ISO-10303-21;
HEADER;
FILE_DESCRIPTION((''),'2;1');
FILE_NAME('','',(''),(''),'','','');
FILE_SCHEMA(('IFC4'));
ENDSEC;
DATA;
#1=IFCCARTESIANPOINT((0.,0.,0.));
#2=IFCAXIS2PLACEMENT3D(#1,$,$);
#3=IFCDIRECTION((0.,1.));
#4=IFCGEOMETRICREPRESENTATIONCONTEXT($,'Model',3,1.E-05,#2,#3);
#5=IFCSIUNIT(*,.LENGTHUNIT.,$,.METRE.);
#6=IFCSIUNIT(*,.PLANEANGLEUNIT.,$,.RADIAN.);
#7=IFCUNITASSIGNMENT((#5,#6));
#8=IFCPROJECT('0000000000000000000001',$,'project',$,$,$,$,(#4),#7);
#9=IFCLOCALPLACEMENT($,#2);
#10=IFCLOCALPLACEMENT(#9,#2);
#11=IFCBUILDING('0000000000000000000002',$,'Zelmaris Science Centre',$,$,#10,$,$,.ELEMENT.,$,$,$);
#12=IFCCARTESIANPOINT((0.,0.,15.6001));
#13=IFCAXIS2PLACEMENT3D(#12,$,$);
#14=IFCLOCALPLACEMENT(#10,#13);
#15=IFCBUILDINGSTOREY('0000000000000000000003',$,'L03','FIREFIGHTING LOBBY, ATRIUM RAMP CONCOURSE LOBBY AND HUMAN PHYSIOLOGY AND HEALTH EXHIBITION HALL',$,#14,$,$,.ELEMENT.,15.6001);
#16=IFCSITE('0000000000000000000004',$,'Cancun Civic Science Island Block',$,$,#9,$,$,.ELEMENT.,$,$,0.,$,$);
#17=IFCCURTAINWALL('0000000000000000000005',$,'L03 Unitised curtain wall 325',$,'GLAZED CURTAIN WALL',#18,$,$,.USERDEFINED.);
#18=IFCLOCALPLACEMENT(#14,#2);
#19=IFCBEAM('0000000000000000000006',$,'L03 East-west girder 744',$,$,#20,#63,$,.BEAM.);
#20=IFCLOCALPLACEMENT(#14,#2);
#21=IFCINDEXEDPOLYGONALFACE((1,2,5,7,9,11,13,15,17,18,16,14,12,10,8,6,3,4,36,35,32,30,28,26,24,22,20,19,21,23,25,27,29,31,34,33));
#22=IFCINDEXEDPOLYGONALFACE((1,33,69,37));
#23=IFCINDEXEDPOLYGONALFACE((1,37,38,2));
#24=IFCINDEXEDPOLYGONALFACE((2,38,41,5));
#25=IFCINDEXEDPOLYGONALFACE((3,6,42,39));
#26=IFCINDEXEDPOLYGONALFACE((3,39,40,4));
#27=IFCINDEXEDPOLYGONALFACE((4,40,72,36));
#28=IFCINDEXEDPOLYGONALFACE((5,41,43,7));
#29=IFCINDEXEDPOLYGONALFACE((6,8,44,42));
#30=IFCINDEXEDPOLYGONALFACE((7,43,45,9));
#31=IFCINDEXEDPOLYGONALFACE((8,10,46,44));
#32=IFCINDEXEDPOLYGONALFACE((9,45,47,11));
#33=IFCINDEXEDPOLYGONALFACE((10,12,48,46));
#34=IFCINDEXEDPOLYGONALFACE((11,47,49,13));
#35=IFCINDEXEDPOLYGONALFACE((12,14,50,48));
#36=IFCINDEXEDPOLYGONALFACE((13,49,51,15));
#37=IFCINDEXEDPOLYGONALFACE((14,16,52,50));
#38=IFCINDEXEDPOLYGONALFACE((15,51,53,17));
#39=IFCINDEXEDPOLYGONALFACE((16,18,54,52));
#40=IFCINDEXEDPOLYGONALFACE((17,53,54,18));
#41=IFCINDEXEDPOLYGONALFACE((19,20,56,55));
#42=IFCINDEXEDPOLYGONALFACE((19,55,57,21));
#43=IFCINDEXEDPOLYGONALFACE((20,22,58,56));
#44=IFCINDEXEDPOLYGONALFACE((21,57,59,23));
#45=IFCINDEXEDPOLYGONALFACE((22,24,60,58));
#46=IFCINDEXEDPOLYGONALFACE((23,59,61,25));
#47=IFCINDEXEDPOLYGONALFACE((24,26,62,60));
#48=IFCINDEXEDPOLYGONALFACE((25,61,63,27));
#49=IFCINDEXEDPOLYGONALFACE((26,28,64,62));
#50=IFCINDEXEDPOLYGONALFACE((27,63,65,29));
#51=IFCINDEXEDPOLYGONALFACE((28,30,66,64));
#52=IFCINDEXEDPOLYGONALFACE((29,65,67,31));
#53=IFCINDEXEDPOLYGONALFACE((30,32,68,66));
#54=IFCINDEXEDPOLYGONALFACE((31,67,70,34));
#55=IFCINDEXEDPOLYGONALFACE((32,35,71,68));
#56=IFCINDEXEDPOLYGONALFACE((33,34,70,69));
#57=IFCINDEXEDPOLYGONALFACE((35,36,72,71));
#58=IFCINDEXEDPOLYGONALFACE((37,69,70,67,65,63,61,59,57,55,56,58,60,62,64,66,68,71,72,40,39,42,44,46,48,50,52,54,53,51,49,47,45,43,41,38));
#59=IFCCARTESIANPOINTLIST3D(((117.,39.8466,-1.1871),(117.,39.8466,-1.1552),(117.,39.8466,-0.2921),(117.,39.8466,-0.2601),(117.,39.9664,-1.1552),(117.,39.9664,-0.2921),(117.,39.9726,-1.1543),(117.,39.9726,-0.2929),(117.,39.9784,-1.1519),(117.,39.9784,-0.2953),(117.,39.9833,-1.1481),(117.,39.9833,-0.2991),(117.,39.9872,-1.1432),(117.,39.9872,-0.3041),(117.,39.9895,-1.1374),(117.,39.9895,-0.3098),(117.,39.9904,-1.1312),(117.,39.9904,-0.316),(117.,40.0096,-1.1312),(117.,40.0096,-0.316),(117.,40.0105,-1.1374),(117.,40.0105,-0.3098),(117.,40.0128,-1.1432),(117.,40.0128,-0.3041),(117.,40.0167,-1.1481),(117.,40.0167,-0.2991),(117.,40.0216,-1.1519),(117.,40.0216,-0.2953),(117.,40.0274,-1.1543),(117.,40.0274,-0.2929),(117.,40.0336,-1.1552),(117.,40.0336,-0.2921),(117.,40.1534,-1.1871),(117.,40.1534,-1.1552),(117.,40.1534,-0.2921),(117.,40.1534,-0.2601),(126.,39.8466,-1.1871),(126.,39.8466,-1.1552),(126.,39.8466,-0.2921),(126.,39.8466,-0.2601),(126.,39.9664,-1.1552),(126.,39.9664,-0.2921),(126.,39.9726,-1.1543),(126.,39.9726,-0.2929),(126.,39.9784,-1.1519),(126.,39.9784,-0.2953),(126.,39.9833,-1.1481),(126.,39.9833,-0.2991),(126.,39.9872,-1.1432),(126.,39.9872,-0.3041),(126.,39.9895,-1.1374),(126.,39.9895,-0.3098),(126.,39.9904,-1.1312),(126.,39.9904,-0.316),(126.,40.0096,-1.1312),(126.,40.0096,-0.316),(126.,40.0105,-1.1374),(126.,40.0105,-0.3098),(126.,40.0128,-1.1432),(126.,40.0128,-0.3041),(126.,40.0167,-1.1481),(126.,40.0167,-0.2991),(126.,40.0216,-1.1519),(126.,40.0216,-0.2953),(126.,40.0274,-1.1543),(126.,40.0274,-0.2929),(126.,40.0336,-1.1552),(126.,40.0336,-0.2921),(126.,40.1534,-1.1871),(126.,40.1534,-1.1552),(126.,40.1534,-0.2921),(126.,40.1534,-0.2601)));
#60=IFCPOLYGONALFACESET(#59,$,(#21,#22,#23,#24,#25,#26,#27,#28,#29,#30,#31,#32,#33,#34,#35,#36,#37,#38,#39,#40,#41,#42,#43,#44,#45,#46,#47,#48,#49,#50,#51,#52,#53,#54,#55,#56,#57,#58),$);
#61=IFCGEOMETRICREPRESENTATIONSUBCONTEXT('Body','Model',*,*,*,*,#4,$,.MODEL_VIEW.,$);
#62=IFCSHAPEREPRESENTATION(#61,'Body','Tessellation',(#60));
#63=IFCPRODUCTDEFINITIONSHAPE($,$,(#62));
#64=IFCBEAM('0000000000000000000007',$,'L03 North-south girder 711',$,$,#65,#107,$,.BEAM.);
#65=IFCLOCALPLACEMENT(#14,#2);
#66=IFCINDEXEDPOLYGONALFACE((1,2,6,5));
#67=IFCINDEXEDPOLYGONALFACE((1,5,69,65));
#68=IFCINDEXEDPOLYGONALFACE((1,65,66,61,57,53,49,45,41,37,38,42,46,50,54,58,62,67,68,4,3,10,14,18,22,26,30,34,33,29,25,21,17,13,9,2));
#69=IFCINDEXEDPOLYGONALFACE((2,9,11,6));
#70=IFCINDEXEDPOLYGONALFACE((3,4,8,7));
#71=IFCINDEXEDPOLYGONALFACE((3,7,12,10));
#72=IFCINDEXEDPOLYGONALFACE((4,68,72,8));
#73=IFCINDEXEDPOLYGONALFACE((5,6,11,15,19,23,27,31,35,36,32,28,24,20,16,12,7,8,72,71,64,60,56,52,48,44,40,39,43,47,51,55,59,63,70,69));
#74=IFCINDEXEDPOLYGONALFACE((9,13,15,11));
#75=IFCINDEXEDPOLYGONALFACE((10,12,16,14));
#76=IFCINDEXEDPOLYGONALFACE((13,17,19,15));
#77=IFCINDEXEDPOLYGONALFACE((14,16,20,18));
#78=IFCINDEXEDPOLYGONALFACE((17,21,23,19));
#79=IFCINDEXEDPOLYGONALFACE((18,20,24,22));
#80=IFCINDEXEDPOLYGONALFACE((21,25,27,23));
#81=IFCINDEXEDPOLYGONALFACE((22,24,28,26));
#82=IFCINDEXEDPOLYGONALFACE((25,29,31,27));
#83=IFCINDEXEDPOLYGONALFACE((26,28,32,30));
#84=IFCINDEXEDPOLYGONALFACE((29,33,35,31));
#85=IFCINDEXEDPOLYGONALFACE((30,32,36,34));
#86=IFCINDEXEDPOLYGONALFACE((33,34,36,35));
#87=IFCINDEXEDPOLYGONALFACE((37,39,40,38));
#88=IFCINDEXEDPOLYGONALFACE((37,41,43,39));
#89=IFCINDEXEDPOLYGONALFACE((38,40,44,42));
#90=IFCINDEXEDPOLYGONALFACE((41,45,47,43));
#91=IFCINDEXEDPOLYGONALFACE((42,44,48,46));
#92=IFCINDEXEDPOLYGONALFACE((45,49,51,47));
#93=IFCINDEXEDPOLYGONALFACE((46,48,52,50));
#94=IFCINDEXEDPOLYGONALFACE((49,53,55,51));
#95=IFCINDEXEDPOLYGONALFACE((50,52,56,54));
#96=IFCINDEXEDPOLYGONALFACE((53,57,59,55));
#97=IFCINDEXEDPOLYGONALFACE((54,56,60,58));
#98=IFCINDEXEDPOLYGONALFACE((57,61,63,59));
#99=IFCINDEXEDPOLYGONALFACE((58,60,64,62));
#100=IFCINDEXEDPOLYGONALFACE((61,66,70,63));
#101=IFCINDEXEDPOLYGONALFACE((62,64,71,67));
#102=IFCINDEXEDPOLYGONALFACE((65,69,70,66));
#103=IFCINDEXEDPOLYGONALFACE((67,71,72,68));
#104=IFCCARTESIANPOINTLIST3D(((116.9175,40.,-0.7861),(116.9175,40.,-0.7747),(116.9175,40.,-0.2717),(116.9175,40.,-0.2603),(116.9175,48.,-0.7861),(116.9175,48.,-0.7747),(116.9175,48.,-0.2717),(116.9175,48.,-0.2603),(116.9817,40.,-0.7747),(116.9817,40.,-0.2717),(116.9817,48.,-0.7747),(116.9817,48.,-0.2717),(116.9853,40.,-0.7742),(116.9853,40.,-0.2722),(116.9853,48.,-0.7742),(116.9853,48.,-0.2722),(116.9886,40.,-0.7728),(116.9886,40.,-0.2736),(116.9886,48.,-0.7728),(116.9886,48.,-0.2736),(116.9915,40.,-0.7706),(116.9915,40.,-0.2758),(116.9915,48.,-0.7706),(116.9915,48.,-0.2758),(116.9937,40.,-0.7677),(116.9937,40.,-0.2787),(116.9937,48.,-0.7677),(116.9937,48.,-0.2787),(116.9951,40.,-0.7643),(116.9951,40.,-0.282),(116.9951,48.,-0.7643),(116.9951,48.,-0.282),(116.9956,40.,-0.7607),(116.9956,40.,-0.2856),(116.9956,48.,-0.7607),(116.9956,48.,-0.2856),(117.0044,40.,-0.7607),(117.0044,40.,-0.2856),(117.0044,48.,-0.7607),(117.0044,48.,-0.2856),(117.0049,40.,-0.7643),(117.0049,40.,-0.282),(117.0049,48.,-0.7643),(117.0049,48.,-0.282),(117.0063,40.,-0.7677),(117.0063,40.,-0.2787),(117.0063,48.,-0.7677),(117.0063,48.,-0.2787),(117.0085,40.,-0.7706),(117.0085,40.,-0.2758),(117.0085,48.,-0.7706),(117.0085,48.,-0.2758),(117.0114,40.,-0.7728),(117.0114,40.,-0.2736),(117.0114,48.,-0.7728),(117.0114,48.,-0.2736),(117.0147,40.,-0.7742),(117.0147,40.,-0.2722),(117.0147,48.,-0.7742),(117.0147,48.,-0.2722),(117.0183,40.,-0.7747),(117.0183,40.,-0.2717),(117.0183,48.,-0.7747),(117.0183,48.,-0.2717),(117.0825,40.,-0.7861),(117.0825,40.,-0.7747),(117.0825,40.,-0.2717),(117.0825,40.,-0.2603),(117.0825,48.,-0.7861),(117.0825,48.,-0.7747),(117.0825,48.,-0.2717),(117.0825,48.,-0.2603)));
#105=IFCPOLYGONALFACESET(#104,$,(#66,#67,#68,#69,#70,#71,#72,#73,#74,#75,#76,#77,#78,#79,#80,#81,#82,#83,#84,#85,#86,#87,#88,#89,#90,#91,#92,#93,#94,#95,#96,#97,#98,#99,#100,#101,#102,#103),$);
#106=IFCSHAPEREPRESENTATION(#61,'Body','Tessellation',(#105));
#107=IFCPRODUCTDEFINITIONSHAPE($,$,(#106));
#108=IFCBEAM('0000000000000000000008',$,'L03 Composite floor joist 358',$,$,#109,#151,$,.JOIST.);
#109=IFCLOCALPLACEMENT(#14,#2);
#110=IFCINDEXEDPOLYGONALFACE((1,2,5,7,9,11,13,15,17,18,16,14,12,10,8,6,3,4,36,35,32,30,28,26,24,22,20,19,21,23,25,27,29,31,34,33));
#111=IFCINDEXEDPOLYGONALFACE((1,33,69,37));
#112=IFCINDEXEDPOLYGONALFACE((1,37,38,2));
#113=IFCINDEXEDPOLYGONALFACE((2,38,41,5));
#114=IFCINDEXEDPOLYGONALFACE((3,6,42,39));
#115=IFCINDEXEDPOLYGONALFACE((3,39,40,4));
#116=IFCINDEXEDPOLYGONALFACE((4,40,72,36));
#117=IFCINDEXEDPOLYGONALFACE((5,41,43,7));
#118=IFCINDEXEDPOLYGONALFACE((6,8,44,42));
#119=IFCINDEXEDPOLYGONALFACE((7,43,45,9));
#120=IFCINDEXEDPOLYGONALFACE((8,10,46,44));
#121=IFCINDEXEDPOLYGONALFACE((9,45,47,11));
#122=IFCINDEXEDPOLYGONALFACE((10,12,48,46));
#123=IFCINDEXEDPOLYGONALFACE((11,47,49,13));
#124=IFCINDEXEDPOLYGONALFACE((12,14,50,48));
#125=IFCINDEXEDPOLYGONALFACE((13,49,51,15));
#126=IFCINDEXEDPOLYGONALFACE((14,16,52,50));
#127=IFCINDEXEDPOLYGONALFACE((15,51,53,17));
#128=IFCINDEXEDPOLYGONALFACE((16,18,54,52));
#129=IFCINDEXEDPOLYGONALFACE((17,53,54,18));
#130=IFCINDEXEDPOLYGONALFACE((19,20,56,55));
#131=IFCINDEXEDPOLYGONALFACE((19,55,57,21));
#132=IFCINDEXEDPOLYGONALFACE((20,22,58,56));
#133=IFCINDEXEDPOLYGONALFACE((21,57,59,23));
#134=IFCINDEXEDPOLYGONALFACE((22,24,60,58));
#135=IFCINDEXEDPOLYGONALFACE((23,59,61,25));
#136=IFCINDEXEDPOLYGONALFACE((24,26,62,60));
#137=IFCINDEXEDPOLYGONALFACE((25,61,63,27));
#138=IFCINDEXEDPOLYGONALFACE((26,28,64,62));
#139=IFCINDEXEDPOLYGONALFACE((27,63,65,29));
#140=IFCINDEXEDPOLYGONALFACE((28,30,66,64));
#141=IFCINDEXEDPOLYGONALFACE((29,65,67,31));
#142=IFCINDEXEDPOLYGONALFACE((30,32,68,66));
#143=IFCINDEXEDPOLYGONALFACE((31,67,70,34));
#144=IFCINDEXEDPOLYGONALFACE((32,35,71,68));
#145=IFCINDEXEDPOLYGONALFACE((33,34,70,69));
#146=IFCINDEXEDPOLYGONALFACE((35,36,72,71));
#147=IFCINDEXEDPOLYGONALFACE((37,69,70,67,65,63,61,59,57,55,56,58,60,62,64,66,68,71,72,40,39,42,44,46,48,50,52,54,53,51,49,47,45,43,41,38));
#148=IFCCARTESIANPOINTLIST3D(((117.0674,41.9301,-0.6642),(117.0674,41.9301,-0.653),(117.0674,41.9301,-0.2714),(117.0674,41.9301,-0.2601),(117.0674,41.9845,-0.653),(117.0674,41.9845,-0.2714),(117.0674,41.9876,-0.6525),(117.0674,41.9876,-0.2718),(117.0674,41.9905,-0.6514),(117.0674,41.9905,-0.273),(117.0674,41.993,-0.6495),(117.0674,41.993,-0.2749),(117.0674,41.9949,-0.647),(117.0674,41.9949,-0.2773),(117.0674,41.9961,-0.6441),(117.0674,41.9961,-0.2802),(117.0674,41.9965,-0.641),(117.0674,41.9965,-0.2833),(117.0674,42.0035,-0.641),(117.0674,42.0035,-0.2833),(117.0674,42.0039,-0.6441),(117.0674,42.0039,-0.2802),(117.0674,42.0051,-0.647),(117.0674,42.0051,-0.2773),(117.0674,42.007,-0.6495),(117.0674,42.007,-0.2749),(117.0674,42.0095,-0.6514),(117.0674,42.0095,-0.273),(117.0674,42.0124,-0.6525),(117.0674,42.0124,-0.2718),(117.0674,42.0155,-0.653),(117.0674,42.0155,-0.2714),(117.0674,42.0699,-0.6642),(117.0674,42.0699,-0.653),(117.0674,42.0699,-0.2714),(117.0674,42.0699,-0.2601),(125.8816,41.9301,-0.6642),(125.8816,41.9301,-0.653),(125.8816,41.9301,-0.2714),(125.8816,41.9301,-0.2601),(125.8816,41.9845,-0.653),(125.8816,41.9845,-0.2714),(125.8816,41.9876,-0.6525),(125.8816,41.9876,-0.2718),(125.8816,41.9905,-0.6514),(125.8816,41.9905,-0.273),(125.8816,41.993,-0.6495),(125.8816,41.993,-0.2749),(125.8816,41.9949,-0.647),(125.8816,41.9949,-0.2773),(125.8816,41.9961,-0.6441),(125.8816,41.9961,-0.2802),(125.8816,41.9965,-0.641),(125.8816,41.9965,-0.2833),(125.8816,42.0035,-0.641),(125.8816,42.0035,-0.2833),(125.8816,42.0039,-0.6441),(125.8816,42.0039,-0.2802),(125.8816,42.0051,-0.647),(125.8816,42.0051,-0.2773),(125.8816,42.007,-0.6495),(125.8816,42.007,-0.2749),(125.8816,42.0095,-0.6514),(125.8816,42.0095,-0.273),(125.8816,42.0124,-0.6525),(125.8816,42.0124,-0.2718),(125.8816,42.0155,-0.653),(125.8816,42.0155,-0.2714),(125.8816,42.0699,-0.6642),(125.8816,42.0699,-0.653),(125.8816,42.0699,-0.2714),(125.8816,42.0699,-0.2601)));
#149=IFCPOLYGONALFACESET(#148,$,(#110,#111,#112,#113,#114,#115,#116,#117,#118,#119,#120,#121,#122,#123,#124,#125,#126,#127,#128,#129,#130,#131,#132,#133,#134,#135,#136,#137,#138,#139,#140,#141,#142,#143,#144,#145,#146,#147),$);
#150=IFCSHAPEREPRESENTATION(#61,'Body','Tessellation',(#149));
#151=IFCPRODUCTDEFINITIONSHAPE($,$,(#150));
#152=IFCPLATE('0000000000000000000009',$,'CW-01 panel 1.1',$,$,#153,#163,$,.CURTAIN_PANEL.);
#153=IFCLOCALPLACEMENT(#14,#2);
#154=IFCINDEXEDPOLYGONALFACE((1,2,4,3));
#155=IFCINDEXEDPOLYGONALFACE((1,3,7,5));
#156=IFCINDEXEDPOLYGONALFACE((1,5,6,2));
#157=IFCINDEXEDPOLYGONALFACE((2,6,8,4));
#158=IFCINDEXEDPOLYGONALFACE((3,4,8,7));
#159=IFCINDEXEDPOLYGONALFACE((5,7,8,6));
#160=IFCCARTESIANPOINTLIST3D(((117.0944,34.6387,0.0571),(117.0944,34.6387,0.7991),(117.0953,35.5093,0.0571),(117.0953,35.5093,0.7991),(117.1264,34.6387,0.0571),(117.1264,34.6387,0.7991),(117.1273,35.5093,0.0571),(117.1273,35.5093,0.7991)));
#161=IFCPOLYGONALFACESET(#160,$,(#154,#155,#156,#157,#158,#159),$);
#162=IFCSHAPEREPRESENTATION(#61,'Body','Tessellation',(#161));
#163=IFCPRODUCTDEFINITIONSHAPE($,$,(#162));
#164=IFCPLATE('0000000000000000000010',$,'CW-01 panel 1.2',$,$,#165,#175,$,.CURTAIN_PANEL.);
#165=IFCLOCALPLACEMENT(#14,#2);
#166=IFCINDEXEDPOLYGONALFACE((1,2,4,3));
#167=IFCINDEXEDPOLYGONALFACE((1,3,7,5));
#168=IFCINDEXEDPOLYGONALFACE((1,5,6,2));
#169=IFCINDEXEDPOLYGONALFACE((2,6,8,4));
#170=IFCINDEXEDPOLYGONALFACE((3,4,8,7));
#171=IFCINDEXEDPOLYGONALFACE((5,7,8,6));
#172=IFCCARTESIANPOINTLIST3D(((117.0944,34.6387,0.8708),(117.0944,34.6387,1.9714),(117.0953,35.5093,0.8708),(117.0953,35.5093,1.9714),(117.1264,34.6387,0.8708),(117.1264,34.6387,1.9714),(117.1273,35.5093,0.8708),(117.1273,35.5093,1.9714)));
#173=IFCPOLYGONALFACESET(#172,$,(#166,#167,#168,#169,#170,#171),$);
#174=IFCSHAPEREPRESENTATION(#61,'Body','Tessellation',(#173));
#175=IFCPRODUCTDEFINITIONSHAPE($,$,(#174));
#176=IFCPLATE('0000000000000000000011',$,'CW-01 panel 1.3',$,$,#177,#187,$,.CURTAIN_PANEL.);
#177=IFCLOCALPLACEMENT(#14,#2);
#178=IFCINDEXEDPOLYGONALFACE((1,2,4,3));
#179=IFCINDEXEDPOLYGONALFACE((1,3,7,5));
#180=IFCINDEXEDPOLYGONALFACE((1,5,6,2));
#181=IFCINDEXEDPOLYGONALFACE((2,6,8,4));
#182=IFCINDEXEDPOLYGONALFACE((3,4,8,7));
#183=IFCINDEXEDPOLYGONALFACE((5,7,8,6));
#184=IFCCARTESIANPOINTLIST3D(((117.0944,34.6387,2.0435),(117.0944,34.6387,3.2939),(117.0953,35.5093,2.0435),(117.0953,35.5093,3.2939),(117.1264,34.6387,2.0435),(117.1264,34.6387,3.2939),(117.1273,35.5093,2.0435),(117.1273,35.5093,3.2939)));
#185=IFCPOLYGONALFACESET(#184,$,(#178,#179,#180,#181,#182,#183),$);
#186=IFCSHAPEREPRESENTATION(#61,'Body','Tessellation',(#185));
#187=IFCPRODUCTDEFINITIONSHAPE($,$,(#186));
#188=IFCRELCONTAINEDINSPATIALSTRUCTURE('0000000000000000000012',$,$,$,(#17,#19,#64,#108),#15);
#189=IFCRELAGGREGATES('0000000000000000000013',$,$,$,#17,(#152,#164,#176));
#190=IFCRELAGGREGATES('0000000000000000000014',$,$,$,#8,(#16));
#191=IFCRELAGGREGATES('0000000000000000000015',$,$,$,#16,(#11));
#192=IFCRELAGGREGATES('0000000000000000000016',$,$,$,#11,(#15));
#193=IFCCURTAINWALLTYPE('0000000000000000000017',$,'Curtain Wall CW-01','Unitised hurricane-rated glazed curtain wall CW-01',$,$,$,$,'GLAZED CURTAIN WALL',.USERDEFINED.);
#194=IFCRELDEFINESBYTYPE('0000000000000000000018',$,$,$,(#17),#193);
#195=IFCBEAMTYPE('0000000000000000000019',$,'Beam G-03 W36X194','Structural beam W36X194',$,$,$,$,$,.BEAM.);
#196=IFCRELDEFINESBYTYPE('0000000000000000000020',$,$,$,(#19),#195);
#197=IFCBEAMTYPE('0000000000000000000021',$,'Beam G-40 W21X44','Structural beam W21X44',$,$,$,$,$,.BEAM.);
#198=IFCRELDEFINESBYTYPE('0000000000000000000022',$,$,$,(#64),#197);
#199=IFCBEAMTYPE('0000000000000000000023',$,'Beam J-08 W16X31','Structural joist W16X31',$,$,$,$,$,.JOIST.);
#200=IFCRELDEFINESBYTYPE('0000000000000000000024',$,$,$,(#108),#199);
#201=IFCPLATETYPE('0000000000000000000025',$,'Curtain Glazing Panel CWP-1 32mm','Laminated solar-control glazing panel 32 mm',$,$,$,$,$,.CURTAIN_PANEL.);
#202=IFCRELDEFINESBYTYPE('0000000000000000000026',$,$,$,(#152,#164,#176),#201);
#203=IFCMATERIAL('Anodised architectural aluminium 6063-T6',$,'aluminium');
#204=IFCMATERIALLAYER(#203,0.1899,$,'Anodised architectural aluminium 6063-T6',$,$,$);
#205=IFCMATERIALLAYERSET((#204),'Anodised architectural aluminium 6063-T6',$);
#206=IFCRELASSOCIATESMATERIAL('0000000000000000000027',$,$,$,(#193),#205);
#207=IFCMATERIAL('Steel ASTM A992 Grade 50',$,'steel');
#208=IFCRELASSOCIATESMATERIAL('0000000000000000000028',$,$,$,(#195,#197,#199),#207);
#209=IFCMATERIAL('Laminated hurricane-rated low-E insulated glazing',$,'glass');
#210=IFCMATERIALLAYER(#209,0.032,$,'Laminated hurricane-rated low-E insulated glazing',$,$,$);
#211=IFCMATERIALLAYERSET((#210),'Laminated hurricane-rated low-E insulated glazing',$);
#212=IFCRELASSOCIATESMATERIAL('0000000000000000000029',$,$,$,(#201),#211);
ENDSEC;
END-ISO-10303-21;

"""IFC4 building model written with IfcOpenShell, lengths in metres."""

from ifc_helpers import new_model, si_unit, direction, frame, origin, origin_2d, place, context, subcontext, project, spatial, rectangle, i_section, extrude, material, layer, layer_set, material_profile, profile_set, type_object, element, aggregate, save


model = new_model("IFC4")

# Units and contexts
model_context = context("Model", 3, precision=1e-05, world=origin(), true_north=direction((0.0, 1.0)))
body_context = subcontext(model_context, "Body", "Model", "MODEL_VIEW")
ifc_project = project(units=[si_unit("LENGTHUNIT", "METRE"), si_unit("PLANEANGLEUNIT", "RADIAN")], contexts=[model_context])

# Site, building, storey
site_placement = place(None, origin())
site = spatial("IfcSite", under=ifc_project, at=site_placement, Name="Cancun Civic Science Island Block", CompositionType="ELEMENT", RefElevation=0.0)
building_placement = place(site_placement, origin())
building = spatial("IfcBuilding", under=site, at=building_placement, Name="Zelmaris Science Centre", CompositionType="ELEMENT")
storey_placement = place(building_placement, frame((0.0, 0.0, 15.6001)))
storey = spatial("IfcBuildingStorey", under=building, at=storey_placement, Name="L03", Description="FIREFIGHTING LOBBY, ATRIUM RAMP CONCOURSE LOBBY AND HUMAN PHYSIOLOGY AND HEALTH EXHIBITION HALL", CompositionType="ELEMENT", Elevation=15.6001)

# Shared definitions
ifc_material_1 = material(Name="Steel ASTM A992 Grade 50", Category="steel")

# Shared definitions
ifc_material_2 = material(Name="Anodised architectural aluminium 6063-T6", Category="aluminium")

# Curtain wall
ifc_layer_1 = layer(ifc_material_2, 0.1899, Name="Anodised architectural aluminium 6063-T6")
ifc_layer_set_1 = layer_set([ifc_layer_1], Name="Anodised architectural aluminium 6063-T6")
curtain_wall_type_1 = type_object("IfcCurtainWallType", Name="Curtain Wall CW-01", Description="Unitised hurricane-rated glazed curtain wall CW-01", ElementType="GLAZED CURTAIN WALL", PredefinedType="USERDEFINED", material=ifc_layer_set_1)
curtain_wall_1_placement = place(storey_placement, origin())
curtain_wall_1 = element("IfcCurtainWall", 1, at=curtain_wall_1_placement, inside=storey, type_object=curtain_wall_type_1, Name="L03 Unitised curtain wall 325", ObjectType="GLAZED CURTAIN WALL", PredefinedType="USERDEFINED")

# Beams
ifc_material_profile_1 = material_profile(ifc_material_1, i_section(OverallWidth=0.3069, OverallDepth=0.927, WebThickness=0.0193, FlangeThickness=0.032, FilletRadius=0.0239, at=origin_2d()), Name="W36X194")
ifc_profile_set_1 = profile_set([ifc_material_profile_1], Name="Steel ASTM A992 Grade 50")
beam_type_1 = type_object("IfcBeamType", Name="Beam G-03 W36X194", Description="Structural beam W36X194", PredefinedType="BEAM", material=ifc_profile_set_1)
beam_1_placement = place(storey_placement, frame((117.0, 40.0, -0.7236), z_axis=(1.0, 0.0, 0.0), x_axis=(0.0, 1.0, 0.0)))
element("IfcBeam", 2, at=beam_1_placement, inside=storey, type_object=beam_type_1, Name="L03 East-west girder 744", PredefinedType="BEAM", context=body_context, shape_type="SweptSolid", body=[
    extrude(i_section(OverallWidth=0.3069, OverallDepth=0.927, WebThickness=0.0193, FlangeThickness=0.032, FilletRadius=0.0239, at=origin_2d()), origin(), (0.0, 0.0, 1.0), 9.0),
])
ifc_material_profile_2 = material_profile(ifc_material_1, i_section(OverallWidth=0.165, OverallDepth=0.5259, WebThickness=0.0088, FlangeThickness=0.0115, FilletRadius=0.0139, at=origin_2d()), Name="W21X44")
ifc_profile_set_2 = profile_set([ifc_material_profile_2], Name="Steel ASTM A992 Grade 50")
beam_type_2 = type_object("IfcBeamType", Name="Beam G-40 W21X44", Description="Structural beam W21X44", PredefinedType="BEAM", material=ifc_profile_set_2)
beam_2_placement = place(storey_placement, frame((117.0, 40.0, -0.5232), z_axis=(0.0, 1.0, 0.0), x_axis=(-1.0, 0.0, 0.0)))
element("IfcBeam", 3, at=beam_2_placement, inside=storey, type_object=beam_type_2, Name="L03 North-south girder 711", PredefinedType="BEAM", context=body_context, shape_type="SweptSolid", body=[
    extrude(i_section(OverallWidth=0.165, OverallDepth=0.5259, WebThickness=0.0088, FlangeThickness=0.0115, FilletRadius=0.0139, at=origin_2d()), origin(), (0.0, 0.0, 1.0), 8.0),
])
ifc_material_profile_3 = material_profile(ifc_material_1, i_section(OverallWidth=0.1399, OverallDepth=0.4041, WebThickness=0.0071, FlangeThickness=0.0112, FilletRadius=0.012, at=origin_2d()), Name="W16X31")
ifc_profile_set_3 = profile_set([ifc_material_profile_3], Name="Steel ASTM A992 Grade 50")
beam_type_3 = type_object("IfcBeamType", Name="Beam J-08 W16X31", Description="Structural joist W16X31", PredefinedType="JOIST", material=ifc_profile_set_3)
beam_3_placement = place(storey_placement, frame((117.0674, 42.0, -0.4622), z_axis=(1.0, 0.0, 0.0), x_axis=(0.0, 1.0, 0.0)))
element("IfcBeam", 4, at=beam_3_placement, inside=storey, type_object=beam_type_3, Name="L03 Composite floor joist 358", PredefinedType="JOIST", context=body_context, shape_type="SweptSolid", body=[
    extrude(i_section(OverallWidth=0.1399, OverallDepth=0.4041, WebThickness=0.0071, FlangeThickness=0.0112, FilletRadius=0.012, at=origin_2d()), origin(), (0.0, 0.0, 1.0), 8.8142),
])

# Plates
ifc_material_3 = material(Name="Laminated hurricane-rated low-E insulated glazing", Category="glass")
ifc_layer_2 = layer(ifc_material_3, 0.032, Name="Laminated hurricane-rated low-E insulated glazing")
ifc_layer_set_2 = layer_set([ifc_layer_2], Name="Laminated hurricane-rated low-E insulated glazing")
plate_type_1 = type_object("IfcPlateType", Name="Curtain Glazing Panel CWP-1 32mm", Description="Laminated solar-control glazing panel 32 mm", PredefinedType="CURTAIN_PANEL", material=ifc_layer_set_2)
plate_1_placement = place(storey_placement, frame((117.1108, 35.074, 0.0571), z_axis=(0.0, 0.0, 1.0), x_axis=(0.001022, 0.999999, 0.0)))
plate_1 = element("IfcPlate", 5, at=plate_1_placement, type_object=plate_type_1, Name="CW-01 panel 1.1", PredefinedType="CURTAIN_PANEL", context=body_context, shape_type="SweptSolid", body=[
    extrude(rectangle(XDim=0.8706, YDim=0.032, at=origin_2d()), origin(), (0.0, 0.0, 1.0), 0.7419),
])
plate_2_placement = place(storey_placement, frame((117.1108, 35.074, 0.8708), z_axis=(0.0, 0.0, 1.0), x_axis=(0.001022, 0.999999, 0.0)))
plate_2 = element("IfcPlate", 6, at=plate_2_placement, type_object=plate_type_1, Name="CW-01 panel 1.2", PredefinedType="CURTAIN_PANEL", context=body_context, shape_type="SweptSolid", body=[
    extrude(rectangle(XDim=0.8706, YDim=0.032, at=origin_2d()), origin(), (0.0, 0.0, 1.0), 1.1006),
])
plate_3_placement = place(storey_placement, frame((117.1108, 35.074, 2.0435), z_axis=(0.0, 0.0, 1.0), x_axis=(0.001022, 0.999999, 0.0)))
plate_3 = element("IfcPlate", 7, at=plate_3_placement, type_object=plate_type_1, Name="CW-01 panel 1.3", PredefinedType="CURTAIN_PANEL", context=body_context, shape_type="SweptSolid", body=[
    extrude(rectangle(XDim=0.8706, YDim=0.032, at=origin_2d()), origin(), (0.0, 0.0, 1.0), 1.2505),
])
aggregate(curtain_wall_1, [plate_1, plate_2, plate_3])

save(model, "model.ifc")
